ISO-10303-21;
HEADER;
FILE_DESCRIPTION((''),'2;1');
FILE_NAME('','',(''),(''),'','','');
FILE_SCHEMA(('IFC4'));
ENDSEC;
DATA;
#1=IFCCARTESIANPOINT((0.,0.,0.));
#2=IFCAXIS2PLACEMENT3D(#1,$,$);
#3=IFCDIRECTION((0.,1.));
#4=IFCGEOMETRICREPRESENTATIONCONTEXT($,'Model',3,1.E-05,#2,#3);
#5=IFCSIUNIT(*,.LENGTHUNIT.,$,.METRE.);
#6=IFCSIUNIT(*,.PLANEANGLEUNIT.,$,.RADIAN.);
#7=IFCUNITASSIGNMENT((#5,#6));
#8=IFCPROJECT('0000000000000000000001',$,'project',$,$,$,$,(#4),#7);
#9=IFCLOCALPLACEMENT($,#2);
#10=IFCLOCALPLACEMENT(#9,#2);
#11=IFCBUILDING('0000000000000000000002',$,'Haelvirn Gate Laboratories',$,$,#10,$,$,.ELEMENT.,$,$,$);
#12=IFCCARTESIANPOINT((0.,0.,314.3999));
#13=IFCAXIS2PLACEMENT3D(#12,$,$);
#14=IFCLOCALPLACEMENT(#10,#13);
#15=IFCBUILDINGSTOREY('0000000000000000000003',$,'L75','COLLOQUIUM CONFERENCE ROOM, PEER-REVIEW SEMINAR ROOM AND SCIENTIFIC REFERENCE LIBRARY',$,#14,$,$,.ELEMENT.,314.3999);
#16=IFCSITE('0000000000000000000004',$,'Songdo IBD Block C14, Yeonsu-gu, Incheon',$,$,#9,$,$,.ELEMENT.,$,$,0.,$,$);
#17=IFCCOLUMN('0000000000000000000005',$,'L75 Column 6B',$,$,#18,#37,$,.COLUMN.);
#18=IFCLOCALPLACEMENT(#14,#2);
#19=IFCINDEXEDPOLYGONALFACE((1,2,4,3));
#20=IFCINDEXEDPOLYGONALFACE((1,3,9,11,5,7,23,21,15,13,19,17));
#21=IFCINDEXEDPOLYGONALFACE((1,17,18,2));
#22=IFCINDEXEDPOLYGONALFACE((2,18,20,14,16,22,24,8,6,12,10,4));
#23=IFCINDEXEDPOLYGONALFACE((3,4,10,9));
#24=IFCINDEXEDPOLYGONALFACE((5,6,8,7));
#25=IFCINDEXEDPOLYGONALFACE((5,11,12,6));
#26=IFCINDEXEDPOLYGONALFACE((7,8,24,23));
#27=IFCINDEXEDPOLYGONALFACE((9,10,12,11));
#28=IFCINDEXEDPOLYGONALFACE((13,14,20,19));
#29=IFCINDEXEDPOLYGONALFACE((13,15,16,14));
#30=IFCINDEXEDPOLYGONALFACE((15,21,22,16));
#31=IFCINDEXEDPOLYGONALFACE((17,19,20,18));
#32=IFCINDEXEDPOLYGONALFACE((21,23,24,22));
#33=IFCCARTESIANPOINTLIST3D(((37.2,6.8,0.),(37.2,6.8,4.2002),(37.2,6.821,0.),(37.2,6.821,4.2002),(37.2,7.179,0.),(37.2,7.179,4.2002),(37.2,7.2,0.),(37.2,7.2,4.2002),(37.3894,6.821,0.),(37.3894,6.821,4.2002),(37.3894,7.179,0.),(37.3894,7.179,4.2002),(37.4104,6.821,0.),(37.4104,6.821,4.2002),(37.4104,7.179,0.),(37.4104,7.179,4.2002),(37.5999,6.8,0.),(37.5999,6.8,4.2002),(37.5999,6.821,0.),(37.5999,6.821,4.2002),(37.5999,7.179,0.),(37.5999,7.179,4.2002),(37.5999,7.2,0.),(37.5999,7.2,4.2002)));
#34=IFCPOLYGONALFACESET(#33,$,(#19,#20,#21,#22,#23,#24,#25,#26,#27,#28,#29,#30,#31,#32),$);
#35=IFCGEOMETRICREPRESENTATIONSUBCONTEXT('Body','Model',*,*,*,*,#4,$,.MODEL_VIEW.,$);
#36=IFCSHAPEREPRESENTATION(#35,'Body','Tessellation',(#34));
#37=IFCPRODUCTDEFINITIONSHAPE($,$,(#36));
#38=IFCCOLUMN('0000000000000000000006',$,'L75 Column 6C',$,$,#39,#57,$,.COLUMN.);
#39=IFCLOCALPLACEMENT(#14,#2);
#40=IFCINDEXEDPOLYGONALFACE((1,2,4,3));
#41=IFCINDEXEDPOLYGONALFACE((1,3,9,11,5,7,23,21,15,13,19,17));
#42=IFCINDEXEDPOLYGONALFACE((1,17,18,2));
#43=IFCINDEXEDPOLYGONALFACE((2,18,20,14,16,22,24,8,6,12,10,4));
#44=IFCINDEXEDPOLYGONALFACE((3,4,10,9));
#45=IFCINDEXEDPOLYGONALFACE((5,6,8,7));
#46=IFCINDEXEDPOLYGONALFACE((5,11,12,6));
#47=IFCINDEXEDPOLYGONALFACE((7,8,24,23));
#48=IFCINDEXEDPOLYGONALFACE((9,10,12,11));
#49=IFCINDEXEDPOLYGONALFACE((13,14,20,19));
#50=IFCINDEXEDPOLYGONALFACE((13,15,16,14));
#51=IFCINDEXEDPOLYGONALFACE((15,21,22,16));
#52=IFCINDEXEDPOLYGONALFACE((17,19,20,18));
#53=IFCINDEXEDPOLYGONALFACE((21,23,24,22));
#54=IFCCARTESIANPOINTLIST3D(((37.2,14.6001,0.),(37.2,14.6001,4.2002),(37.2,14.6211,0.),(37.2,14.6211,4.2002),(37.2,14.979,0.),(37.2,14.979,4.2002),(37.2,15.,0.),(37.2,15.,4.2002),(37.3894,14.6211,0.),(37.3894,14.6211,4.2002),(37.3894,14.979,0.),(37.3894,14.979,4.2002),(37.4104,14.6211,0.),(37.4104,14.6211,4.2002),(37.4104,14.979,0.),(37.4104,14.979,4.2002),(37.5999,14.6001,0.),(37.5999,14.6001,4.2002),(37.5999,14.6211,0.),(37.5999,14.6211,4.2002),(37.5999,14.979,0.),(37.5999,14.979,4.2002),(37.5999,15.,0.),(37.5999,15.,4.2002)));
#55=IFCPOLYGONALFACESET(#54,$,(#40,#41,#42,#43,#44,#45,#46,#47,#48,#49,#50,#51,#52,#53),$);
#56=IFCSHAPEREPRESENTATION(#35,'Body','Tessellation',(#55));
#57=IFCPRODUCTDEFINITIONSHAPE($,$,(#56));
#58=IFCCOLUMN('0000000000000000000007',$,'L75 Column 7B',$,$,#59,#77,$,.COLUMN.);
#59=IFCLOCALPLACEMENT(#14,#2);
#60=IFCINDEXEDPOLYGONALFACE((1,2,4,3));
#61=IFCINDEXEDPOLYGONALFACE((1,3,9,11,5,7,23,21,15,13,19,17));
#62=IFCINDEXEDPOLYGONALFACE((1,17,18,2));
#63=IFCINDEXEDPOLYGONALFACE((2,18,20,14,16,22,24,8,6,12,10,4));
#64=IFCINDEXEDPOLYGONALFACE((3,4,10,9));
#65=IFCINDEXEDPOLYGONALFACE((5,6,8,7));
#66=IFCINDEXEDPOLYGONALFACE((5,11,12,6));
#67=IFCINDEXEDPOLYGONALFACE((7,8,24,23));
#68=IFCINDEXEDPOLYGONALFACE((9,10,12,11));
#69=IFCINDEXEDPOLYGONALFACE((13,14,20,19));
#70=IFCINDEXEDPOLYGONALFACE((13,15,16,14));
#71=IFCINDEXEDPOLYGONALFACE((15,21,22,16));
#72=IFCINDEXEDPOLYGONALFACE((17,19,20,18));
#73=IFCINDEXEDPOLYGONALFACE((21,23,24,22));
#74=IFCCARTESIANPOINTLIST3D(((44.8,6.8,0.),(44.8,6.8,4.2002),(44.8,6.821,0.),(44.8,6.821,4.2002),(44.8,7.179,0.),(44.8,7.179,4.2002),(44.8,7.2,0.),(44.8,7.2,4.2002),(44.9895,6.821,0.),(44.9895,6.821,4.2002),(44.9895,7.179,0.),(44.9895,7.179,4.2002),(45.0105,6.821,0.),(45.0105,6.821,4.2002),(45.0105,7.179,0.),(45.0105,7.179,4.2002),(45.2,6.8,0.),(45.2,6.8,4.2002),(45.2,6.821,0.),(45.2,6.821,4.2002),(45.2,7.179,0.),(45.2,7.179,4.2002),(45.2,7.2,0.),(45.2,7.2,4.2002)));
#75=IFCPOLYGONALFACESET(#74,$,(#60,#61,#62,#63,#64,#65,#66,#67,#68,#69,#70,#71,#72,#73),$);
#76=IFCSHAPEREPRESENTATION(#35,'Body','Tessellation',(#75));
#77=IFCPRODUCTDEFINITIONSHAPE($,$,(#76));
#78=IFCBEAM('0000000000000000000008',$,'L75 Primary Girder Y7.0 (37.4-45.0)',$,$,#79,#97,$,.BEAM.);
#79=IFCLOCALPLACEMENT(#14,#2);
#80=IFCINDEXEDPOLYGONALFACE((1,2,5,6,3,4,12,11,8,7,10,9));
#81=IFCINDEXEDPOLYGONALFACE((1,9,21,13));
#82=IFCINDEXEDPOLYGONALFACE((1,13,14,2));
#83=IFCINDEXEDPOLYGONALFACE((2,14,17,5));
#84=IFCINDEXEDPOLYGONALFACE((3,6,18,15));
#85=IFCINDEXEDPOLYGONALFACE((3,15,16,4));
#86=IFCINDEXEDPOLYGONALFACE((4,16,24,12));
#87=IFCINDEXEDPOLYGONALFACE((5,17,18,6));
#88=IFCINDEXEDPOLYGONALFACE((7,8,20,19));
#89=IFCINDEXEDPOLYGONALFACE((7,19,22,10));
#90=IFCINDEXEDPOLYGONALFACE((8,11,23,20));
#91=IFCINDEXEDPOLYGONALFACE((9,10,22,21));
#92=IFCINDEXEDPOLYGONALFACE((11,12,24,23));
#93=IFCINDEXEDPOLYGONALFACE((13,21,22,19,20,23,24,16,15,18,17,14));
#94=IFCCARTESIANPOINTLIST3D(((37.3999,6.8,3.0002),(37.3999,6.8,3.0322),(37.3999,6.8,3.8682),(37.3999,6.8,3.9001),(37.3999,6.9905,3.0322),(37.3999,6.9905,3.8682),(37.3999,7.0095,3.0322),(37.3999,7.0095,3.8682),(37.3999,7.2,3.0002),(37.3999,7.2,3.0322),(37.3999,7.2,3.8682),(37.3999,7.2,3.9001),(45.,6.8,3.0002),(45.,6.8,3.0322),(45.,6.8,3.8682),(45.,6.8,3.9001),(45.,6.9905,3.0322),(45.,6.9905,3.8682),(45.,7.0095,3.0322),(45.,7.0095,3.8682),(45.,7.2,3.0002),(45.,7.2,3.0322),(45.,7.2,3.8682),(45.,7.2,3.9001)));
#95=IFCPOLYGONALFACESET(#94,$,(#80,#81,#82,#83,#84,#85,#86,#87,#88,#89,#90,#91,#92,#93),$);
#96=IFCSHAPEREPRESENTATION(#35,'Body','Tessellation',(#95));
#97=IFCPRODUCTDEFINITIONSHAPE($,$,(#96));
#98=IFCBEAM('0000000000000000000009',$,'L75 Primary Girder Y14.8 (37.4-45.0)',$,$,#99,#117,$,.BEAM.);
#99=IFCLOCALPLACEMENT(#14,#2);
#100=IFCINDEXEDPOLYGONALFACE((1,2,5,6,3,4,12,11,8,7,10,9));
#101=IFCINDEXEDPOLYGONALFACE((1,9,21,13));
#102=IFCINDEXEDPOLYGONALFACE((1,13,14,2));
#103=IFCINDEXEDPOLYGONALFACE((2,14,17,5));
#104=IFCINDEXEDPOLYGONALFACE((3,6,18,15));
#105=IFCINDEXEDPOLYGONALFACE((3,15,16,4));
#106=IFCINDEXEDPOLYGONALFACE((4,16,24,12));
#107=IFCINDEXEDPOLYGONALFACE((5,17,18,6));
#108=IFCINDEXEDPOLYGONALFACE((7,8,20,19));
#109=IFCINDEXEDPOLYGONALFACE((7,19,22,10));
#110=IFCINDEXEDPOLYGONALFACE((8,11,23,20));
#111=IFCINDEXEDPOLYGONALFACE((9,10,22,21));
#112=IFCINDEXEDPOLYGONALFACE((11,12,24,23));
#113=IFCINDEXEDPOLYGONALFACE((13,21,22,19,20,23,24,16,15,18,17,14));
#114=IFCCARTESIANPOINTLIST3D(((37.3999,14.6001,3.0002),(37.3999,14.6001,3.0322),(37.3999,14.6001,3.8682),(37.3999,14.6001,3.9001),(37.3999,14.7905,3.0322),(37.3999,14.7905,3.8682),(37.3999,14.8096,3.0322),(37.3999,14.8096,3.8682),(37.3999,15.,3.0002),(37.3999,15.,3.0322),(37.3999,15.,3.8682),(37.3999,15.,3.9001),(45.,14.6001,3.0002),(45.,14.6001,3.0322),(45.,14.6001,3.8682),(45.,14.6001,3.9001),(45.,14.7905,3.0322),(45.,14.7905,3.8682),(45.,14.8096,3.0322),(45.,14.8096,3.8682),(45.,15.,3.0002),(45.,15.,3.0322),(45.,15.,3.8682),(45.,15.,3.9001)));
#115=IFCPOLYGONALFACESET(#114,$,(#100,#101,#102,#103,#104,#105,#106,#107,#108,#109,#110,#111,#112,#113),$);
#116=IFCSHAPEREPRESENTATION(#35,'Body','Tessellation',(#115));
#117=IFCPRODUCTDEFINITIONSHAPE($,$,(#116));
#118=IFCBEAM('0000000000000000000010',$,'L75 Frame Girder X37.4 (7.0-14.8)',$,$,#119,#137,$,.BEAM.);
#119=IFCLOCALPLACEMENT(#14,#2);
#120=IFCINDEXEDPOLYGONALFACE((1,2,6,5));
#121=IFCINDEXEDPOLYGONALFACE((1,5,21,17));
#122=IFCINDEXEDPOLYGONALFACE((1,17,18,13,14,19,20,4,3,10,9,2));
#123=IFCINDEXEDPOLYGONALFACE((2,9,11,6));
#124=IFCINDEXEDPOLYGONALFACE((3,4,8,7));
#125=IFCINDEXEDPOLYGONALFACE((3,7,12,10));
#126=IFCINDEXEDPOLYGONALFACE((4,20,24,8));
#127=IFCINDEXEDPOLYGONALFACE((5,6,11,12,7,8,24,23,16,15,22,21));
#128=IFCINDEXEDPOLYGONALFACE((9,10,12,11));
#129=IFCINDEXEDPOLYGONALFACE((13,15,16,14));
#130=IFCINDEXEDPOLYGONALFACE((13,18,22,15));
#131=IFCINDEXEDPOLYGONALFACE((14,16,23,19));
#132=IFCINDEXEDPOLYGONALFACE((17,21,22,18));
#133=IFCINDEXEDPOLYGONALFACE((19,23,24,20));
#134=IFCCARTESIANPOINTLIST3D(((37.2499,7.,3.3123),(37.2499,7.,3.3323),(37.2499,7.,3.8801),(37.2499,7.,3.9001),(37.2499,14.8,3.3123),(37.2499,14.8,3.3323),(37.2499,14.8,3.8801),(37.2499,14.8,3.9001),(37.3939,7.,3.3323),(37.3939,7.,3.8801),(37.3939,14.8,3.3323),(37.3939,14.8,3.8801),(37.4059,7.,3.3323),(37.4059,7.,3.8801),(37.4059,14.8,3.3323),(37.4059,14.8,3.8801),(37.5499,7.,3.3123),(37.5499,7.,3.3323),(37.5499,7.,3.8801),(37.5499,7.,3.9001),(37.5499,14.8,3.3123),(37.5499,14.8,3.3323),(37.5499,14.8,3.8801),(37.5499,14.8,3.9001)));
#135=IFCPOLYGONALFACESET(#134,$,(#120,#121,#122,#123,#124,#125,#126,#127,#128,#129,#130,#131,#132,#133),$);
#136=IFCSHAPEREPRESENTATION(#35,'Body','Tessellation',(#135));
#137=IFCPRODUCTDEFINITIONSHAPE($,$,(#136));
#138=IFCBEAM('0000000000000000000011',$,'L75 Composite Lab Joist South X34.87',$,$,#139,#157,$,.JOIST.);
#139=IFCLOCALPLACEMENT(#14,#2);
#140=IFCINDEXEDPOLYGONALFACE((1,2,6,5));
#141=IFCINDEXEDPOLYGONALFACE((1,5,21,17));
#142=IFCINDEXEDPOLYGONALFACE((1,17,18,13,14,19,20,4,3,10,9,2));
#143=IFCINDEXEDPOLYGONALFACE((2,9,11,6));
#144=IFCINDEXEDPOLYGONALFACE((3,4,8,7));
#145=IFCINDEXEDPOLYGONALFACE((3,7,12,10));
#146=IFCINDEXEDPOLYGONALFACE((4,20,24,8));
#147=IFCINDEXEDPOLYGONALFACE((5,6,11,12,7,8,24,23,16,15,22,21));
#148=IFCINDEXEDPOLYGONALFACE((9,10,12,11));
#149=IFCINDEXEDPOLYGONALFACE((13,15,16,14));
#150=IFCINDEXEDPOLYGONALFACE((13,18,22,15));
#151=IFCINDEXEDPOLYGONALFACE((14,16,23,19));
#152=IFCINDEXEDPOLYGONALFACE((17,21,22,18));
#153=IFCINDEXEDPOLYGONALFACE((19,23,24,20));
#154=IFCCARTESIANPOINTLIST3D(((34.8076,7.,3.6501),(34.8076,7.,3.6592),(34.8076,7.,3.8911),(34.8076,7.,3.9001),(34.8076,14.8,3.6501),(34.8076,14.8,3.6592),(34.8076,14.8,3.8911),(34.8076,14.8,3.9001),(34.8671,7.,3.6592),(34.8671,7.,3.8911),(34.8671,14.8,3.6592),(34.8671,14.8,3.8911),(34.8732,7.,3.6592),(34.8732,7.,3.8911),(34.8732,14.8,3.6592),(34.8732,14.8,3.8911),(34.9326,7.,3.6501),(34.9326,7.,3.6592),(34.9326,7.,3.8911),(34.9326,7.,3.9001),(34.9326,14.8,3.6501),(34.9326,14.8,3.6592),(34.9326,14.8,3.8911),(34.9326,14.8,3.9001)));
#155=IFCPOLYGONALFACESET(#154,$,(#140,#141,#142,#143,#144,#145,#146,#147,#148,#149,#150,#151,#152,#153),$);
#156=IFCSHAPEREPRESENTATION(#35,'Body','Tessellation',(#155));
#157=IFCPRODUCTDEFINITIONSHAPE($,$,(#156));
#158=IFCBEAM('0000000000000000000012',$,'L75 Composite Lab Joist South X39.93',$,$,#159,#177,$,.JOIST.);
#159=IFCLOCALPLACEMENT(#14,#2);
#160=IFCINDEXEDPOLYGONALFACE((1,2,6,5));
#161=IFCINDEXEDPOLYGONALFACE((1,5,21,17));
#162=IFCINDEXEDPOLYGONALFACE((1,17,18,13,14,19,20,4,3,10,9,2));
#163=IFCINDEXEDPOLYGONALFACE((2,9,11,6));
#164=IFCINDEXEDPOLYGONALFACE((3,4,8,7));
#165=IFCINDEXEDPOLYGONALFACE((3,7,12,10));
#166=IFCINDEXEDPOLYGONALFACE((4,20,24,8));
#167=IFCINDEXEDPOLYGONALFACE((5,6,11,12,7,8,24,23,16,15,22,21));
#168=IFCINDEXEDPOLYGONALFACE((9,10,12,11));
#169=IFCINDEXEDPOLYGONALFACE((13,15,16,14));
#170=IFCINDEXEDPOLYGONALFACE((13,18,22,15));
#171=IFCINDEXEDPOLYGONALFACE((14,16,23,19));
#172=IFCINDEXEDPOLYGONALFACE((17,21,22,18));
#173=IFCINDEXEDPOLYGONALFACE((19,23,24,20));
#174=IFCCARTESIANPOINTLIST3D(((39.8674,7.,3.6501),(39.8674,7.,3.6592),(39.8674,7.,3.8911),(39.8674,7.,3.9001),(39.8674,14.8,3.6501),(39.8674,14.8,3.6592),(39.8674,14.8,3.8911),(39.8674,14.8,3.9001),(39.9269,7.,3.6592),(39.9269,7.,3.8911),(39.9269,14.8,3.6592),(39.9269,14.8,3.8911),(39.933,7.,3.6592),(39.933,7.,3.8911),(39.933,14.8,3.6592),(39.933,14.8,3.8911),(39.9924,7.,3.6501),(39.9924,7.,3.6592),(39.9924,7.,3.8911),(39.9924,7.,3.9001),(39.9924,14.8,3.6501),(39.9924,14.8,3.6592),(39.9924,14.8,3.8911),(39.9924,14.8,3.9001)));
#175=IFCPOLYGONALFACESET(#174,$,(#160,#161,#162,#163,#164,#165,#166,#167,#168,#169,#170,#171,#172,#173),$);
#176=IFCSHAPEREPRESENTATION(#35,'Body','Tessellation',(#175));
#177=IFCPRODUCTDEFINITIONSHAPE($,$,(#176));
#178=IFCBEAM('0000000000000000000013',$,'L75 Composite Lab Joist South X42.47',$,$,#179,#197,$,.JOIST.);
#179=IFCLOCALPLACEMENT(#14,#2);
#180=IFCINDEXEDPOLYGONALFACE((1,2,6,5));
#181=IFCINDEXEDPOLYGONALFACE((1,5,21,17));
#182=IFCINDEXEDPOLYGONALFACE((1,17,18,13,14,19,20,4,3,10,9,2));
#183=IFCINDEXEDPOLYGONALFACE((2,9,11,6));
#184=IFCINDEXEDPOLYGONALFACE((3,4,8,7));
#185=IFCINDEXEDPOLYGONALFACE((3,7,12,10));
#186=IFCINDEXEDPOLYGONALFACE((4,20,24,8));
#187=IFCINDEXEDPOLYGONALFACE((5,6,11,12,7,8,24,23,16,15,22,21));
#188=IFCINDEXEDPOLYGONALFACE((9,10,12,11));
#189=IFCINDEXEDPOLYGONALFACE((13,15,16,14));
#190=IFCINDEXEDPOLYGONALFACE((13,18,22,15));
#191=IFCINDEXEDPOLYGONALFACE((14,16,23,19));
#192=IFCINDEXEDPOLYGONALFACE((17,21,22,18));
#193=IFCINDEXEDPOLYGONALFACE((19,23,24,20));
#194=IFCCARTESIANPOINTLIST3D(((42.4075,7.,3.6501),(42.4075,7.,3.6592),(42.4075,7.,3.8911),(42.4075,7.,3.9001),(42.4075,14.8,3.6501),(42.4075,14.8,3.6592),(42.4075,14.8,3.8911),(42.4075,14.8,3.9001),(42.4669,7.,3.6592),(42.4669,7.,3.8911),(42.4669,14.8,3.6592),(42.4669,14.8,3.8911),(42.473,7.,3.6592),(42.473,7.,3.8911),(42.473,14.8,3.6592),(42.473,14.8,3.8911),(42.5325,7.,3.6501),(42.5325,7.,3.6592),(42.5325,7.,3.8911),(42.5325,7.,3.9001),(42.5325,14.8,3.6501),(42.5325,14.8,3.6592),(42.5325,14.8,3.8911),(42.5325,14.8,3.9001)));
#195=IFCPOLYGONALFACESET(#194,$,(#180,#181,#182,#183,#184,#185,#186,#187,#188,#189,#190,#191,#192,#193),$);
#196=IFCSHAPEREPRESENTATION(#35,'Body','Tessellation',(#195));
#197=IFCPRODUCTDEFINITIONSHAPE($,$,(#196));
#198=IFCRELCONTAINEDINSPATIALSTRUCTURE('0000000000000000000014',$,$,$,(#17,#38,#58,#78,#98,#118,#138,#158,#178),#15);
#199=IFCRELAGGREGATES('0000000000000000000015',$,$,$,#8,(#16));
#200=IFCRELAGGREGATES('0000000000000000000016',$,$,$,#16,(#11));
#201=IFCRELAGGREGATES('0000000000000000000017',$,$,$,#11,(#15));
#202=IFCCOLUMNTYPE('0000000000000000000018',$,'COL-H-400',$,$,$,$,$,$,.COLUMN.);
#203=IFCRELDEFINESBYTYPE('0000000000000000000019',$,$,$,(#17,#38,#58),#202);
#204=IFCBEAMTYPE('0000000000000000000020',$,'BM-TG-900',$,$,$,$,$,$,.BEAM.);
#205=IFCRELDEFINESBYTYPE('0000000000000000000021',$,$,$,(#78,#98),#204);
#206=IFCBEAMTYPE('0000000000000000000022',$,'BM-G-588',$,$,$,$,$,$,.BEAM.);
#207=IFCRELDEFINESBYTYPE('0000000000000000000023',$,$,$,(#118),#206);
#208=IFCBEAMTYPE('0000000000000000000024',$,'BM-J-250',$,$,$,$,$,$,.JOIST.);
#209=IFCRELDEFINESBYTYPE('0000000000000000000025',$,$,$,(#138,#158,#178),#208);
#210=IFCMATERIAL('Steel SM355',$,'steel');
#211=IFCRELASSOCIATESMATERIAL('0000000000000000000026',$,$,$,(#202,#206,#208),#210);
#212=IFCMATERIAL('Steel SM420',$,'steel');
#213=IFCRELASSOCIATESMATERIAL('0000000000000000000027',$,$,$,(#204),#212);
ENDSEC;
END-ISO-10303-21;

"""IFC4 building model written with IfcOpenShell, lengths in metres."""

from ifc_helpers import new_model, si_unit, direction, frame, origin, origin_2d, place, context, subcontext, project, spatial, i_section, extrude, source, transform, mapped, material, material_profile, profile_set, type_object, type_shapes, element, save


model = new_model("IFC4")

# Units and contexts
model_context = context("Model", 3, precision=1e-05, world=origin(), true_north=direction((0.0, 1.0)))
body_context = subcontext(model_context, "Body", "Model", "MODEL_VIEW")
ifc_project = project(units=[si_unit("LENGTHUNIT", "METRE"), si_unit("PLANEANGLEUNIT", "RADIAN")], contexts=[model_context])

# Site, building, storey
site_placement = place(None, origin())
site = spatial("IfcSite", under=ifc_project, at=site_placement, Name="Songdo IBD Block C14, Yeonsu-gu, Incheon", CompositionType="ELEMENT", RefElevation=0.0)
building_placement = place(site_placement, origin())
building = spatial("IfcBuilding", under=site, at=building_placement, Name="Haelvirn Gate Laboratories", CompositionType="ELEMENT")
storey_placement = place(building_placement, frame((0.0, 0.0, 314.3999)))
storey = spatial("IfcBuildingStorey", under=building, at=storey_placement, Name="L75", Description="COLLOQUIUM CONFERENCE ROOM, PEER-REVIEW SEMINAR ROOM AND SCIENTIFIC REFERENCE LIBRARY", CompositionType="ELEMENT", Elevation=314.3999)

# Columns
ifc_material_1 = material(Name="Steel SM355", Category="steel")
ifc_material_profile_1 = material_profile(ifc_material_1, i_section(OverallWidth=0.3999, OverallDepth=0.3999, WebThickness=0.021, FlangeThickness=0.021, at=origin_2d()), Name="H-400x400x21x21")
ifc_profile_set_1 = profile_set([ifc_material_profile_1], Name="Steel SM355")
column_type = type_object("IfcColumnType", Name="COL-H-400", PredefinedType="COLUMN", material=ifc_profile_set_1)
shared_shape_1 = source(origin(), body_context, "Body", "SweptSolid", [
    extrude(i_section(OverallWidth=0.3999, OverallDepth=0.3999, WebThickness=0.021, FlangeThickness=0.021, at=origin_2d()), origin(), (0.0, 0.0, 1.0), 4.2002),
])
type_shapes(column_type, [shared_shape_1])
for number, where, z_axis, x_axis, name in (
    (1, (37.3999, 7.0, 0.0), (0.0, 0.0, 1.0), (1.0, 0.0, 0.0), "L75 Column 6B"),
    (2, (37.3999, 14.8, 0.0), (0.0, 0.0, 1.0), (1.0, 0.0, 0.0), "L75 Column 6C"),
    (3, (45.0, 7.0, 0.0), (0.0, 0.0, 1.0), (1.0, 0.0, 0.0), "L75 Column 7B"),
):
    element("IfcColumn", number, at=place(storey_placement, frame(where, z_axis=z_axis, x_axis=x_axis)), inside=storey, type_object=column_type, Name=name, PredefinedType="COLUMN", context=body_context, shape_type="MappedRepresentation", body=[
        mapped(shared_shape_1, transform((0.0, 0.0, 0.0), scale=1.0)),
    ])

# Beams
ifc_material_2 = material(Name="Steel SM420", Category="steel")
ifc_material_profile_2 = material_profile(ifc_material_2, i_section(OverallWidth=0.3999, OverallDepth=0.8999, WebThickness=0.019, FlangeThickness=0.032, at=origin_2d()), Name="H-900x400x19x32")
ifc_profile_set_2 = profile_set([ifc_material_profile_2], Name="Steel SM420")
beam_type_1 = type_object("IfcBeamType", Name="BM-TG-900", PredefinedType="BEAM", material=ifc_profile_set_2)
shared_shape_2 = source(origin(), body_context, "Body", "SweptSolid", [
    extrude(i_section(OverallWidth=0.3999, OverallDepth=0.8999, WebThickness=0.019, FlangeThickness=0.032, at=origin_2d()), origin(), (0.0, 0.0, 1.0), 7.6001),
])
type_shapes(beam_type_1, [shared_shape_2])
for number, where, z_axis, x_axis, name in (
    (4, (37.3999, 7.0, 3.4502), (1.0, 0.0, 0.0), (0.0, 1.0, 0.0), "L75 Primary Girder Y7.0 (37.4-45.0)"),
    (5, (37.3999, 14.8, 3.4502), (1.0, 0.0, 0.0), (0.0, 1.0, 0.0), "L75 Primary Girder Y14.8 (37.4-45.0)"),
):
    element("IfcBeam", number, at=place(storey_placement, frame(where, z_axis=z_axis, x_axis=x_axis)), inside=storey, type_object=beam_type_1, Name=name, PredefinedType="BEAM", context=body_context, shape_type="MappedRepresentation", body=[
        mapped(shared_shape_2, transform((0.0, 0.0, 0.0), scale=1.0)),
    ])
ifc_material_profile_3 = material_profile(ifc_material_1, i_section(OverallWidth=0.3, OverallDepth=0.5879, WebThickness=0.012, FlangeThickness=0.02, at=origin_2d()), Name="H-588x300x12x20")
ifc_profile_set_3 = profile_set([ifc_material_profile_3], Name="Steel SM355")
beam_type_2 = type_object("IfcBeamType", Name="BM-G-588", PredefinedType="BEAM", material=ifc_profile_set_3)
shared_shape_3 = source(origin(), body_context, "Body", "SweptSolid", [
    extrude(i_section(OverallWidth=0.3, OverallDepth=0.5879, WebThickness=0.012, FlangeThickness=0.02, at=origin_2d()), origin(), (0.0, 0.0, 1.0), 7.8),
])
type_shapes(beam_type_2, [shared_shape_3])
beam_placement = place(storey_placement, frame((37.3999, 7.0, 3.6062), z_axis=(0.0, 1.0, 0.0), x_axis=(-1.0, 0.0, 0.0)))
element("IfcBeam", 6, at=beam_placement, inside=storey, type_object=beam_type_2, Name="L75 Frame Girder X37.4 (7.0-14.8)", PredefinedType="BEAM", context=body_context, shape_type="MappedRepresentation", body=[
    mapped(shared_shape_3, transform((0.0, 0.0, 0.0), scale=1.0)),
])
ifc_material_profile_4 = material_profile(ifc_material_1, i_section(OverallWidth=0.125, OverallDepth=0.25, WebThickness=0.0061, FlangeThickness=0.009, at=origin_2d()), Name="H-250x125x6x9")
ifc_profile_set_4 = profile_set([ifc_material_profile_4], Name="Steel SM355")
beam_type_3 = type_object("IfcBeamType", Name="BM-J-250", PredefinedType="JOIST", material=ifc_profile_set_4)
shared_shape_4 = source(origin(), body_context, "Body", "SweptSolid", [
    extrude(i_section(OverallWidth=0.125, OverallDepth=0.25, WebThickness=0.0061, FlangeThickness=0.009, at=origin_2d()), origin(), (0.0, 0.0, 1.0), 7.8),
])
type_shapes(beam_type_3, [shared_shape_4])
for number, where, z_axis, x_axis, name in (
    (7, (34.8701, 7.0, 3.7751), (0.0, 1.0, 0.0), (-1.0, 0.0, 0.0), "L75 Composite Lab Joist South X34.87"),
    (8, (39.9299, 7.0, 3.7751), (0.0, 1.0, 0.0), (-1.0, 0.0, 0.0), "L75 Composite Lab Joist South X39.93"),
    (9, (42.47, 7.0, 3.7751), (0.0, 1.0, 0.0), (-1.0, 0.0, 0.0), "L75 Composite Lab Joist South X42.47"),
):
    element("IfcBeam", number, at=place(storey_placement, frame(where, z_axis=z_axis, x_axis=x_axis)), inside=storey, type_object=beam_type_3, Name=name, PredefinedType="JOIST", context=body_context, shape_type="MappedRepresentation", body=[
        mapped(shared_shape_4, transform((0.0, 0.0, 0.0), scale=1.0)),
    ])

save(model, "model.ifc")
